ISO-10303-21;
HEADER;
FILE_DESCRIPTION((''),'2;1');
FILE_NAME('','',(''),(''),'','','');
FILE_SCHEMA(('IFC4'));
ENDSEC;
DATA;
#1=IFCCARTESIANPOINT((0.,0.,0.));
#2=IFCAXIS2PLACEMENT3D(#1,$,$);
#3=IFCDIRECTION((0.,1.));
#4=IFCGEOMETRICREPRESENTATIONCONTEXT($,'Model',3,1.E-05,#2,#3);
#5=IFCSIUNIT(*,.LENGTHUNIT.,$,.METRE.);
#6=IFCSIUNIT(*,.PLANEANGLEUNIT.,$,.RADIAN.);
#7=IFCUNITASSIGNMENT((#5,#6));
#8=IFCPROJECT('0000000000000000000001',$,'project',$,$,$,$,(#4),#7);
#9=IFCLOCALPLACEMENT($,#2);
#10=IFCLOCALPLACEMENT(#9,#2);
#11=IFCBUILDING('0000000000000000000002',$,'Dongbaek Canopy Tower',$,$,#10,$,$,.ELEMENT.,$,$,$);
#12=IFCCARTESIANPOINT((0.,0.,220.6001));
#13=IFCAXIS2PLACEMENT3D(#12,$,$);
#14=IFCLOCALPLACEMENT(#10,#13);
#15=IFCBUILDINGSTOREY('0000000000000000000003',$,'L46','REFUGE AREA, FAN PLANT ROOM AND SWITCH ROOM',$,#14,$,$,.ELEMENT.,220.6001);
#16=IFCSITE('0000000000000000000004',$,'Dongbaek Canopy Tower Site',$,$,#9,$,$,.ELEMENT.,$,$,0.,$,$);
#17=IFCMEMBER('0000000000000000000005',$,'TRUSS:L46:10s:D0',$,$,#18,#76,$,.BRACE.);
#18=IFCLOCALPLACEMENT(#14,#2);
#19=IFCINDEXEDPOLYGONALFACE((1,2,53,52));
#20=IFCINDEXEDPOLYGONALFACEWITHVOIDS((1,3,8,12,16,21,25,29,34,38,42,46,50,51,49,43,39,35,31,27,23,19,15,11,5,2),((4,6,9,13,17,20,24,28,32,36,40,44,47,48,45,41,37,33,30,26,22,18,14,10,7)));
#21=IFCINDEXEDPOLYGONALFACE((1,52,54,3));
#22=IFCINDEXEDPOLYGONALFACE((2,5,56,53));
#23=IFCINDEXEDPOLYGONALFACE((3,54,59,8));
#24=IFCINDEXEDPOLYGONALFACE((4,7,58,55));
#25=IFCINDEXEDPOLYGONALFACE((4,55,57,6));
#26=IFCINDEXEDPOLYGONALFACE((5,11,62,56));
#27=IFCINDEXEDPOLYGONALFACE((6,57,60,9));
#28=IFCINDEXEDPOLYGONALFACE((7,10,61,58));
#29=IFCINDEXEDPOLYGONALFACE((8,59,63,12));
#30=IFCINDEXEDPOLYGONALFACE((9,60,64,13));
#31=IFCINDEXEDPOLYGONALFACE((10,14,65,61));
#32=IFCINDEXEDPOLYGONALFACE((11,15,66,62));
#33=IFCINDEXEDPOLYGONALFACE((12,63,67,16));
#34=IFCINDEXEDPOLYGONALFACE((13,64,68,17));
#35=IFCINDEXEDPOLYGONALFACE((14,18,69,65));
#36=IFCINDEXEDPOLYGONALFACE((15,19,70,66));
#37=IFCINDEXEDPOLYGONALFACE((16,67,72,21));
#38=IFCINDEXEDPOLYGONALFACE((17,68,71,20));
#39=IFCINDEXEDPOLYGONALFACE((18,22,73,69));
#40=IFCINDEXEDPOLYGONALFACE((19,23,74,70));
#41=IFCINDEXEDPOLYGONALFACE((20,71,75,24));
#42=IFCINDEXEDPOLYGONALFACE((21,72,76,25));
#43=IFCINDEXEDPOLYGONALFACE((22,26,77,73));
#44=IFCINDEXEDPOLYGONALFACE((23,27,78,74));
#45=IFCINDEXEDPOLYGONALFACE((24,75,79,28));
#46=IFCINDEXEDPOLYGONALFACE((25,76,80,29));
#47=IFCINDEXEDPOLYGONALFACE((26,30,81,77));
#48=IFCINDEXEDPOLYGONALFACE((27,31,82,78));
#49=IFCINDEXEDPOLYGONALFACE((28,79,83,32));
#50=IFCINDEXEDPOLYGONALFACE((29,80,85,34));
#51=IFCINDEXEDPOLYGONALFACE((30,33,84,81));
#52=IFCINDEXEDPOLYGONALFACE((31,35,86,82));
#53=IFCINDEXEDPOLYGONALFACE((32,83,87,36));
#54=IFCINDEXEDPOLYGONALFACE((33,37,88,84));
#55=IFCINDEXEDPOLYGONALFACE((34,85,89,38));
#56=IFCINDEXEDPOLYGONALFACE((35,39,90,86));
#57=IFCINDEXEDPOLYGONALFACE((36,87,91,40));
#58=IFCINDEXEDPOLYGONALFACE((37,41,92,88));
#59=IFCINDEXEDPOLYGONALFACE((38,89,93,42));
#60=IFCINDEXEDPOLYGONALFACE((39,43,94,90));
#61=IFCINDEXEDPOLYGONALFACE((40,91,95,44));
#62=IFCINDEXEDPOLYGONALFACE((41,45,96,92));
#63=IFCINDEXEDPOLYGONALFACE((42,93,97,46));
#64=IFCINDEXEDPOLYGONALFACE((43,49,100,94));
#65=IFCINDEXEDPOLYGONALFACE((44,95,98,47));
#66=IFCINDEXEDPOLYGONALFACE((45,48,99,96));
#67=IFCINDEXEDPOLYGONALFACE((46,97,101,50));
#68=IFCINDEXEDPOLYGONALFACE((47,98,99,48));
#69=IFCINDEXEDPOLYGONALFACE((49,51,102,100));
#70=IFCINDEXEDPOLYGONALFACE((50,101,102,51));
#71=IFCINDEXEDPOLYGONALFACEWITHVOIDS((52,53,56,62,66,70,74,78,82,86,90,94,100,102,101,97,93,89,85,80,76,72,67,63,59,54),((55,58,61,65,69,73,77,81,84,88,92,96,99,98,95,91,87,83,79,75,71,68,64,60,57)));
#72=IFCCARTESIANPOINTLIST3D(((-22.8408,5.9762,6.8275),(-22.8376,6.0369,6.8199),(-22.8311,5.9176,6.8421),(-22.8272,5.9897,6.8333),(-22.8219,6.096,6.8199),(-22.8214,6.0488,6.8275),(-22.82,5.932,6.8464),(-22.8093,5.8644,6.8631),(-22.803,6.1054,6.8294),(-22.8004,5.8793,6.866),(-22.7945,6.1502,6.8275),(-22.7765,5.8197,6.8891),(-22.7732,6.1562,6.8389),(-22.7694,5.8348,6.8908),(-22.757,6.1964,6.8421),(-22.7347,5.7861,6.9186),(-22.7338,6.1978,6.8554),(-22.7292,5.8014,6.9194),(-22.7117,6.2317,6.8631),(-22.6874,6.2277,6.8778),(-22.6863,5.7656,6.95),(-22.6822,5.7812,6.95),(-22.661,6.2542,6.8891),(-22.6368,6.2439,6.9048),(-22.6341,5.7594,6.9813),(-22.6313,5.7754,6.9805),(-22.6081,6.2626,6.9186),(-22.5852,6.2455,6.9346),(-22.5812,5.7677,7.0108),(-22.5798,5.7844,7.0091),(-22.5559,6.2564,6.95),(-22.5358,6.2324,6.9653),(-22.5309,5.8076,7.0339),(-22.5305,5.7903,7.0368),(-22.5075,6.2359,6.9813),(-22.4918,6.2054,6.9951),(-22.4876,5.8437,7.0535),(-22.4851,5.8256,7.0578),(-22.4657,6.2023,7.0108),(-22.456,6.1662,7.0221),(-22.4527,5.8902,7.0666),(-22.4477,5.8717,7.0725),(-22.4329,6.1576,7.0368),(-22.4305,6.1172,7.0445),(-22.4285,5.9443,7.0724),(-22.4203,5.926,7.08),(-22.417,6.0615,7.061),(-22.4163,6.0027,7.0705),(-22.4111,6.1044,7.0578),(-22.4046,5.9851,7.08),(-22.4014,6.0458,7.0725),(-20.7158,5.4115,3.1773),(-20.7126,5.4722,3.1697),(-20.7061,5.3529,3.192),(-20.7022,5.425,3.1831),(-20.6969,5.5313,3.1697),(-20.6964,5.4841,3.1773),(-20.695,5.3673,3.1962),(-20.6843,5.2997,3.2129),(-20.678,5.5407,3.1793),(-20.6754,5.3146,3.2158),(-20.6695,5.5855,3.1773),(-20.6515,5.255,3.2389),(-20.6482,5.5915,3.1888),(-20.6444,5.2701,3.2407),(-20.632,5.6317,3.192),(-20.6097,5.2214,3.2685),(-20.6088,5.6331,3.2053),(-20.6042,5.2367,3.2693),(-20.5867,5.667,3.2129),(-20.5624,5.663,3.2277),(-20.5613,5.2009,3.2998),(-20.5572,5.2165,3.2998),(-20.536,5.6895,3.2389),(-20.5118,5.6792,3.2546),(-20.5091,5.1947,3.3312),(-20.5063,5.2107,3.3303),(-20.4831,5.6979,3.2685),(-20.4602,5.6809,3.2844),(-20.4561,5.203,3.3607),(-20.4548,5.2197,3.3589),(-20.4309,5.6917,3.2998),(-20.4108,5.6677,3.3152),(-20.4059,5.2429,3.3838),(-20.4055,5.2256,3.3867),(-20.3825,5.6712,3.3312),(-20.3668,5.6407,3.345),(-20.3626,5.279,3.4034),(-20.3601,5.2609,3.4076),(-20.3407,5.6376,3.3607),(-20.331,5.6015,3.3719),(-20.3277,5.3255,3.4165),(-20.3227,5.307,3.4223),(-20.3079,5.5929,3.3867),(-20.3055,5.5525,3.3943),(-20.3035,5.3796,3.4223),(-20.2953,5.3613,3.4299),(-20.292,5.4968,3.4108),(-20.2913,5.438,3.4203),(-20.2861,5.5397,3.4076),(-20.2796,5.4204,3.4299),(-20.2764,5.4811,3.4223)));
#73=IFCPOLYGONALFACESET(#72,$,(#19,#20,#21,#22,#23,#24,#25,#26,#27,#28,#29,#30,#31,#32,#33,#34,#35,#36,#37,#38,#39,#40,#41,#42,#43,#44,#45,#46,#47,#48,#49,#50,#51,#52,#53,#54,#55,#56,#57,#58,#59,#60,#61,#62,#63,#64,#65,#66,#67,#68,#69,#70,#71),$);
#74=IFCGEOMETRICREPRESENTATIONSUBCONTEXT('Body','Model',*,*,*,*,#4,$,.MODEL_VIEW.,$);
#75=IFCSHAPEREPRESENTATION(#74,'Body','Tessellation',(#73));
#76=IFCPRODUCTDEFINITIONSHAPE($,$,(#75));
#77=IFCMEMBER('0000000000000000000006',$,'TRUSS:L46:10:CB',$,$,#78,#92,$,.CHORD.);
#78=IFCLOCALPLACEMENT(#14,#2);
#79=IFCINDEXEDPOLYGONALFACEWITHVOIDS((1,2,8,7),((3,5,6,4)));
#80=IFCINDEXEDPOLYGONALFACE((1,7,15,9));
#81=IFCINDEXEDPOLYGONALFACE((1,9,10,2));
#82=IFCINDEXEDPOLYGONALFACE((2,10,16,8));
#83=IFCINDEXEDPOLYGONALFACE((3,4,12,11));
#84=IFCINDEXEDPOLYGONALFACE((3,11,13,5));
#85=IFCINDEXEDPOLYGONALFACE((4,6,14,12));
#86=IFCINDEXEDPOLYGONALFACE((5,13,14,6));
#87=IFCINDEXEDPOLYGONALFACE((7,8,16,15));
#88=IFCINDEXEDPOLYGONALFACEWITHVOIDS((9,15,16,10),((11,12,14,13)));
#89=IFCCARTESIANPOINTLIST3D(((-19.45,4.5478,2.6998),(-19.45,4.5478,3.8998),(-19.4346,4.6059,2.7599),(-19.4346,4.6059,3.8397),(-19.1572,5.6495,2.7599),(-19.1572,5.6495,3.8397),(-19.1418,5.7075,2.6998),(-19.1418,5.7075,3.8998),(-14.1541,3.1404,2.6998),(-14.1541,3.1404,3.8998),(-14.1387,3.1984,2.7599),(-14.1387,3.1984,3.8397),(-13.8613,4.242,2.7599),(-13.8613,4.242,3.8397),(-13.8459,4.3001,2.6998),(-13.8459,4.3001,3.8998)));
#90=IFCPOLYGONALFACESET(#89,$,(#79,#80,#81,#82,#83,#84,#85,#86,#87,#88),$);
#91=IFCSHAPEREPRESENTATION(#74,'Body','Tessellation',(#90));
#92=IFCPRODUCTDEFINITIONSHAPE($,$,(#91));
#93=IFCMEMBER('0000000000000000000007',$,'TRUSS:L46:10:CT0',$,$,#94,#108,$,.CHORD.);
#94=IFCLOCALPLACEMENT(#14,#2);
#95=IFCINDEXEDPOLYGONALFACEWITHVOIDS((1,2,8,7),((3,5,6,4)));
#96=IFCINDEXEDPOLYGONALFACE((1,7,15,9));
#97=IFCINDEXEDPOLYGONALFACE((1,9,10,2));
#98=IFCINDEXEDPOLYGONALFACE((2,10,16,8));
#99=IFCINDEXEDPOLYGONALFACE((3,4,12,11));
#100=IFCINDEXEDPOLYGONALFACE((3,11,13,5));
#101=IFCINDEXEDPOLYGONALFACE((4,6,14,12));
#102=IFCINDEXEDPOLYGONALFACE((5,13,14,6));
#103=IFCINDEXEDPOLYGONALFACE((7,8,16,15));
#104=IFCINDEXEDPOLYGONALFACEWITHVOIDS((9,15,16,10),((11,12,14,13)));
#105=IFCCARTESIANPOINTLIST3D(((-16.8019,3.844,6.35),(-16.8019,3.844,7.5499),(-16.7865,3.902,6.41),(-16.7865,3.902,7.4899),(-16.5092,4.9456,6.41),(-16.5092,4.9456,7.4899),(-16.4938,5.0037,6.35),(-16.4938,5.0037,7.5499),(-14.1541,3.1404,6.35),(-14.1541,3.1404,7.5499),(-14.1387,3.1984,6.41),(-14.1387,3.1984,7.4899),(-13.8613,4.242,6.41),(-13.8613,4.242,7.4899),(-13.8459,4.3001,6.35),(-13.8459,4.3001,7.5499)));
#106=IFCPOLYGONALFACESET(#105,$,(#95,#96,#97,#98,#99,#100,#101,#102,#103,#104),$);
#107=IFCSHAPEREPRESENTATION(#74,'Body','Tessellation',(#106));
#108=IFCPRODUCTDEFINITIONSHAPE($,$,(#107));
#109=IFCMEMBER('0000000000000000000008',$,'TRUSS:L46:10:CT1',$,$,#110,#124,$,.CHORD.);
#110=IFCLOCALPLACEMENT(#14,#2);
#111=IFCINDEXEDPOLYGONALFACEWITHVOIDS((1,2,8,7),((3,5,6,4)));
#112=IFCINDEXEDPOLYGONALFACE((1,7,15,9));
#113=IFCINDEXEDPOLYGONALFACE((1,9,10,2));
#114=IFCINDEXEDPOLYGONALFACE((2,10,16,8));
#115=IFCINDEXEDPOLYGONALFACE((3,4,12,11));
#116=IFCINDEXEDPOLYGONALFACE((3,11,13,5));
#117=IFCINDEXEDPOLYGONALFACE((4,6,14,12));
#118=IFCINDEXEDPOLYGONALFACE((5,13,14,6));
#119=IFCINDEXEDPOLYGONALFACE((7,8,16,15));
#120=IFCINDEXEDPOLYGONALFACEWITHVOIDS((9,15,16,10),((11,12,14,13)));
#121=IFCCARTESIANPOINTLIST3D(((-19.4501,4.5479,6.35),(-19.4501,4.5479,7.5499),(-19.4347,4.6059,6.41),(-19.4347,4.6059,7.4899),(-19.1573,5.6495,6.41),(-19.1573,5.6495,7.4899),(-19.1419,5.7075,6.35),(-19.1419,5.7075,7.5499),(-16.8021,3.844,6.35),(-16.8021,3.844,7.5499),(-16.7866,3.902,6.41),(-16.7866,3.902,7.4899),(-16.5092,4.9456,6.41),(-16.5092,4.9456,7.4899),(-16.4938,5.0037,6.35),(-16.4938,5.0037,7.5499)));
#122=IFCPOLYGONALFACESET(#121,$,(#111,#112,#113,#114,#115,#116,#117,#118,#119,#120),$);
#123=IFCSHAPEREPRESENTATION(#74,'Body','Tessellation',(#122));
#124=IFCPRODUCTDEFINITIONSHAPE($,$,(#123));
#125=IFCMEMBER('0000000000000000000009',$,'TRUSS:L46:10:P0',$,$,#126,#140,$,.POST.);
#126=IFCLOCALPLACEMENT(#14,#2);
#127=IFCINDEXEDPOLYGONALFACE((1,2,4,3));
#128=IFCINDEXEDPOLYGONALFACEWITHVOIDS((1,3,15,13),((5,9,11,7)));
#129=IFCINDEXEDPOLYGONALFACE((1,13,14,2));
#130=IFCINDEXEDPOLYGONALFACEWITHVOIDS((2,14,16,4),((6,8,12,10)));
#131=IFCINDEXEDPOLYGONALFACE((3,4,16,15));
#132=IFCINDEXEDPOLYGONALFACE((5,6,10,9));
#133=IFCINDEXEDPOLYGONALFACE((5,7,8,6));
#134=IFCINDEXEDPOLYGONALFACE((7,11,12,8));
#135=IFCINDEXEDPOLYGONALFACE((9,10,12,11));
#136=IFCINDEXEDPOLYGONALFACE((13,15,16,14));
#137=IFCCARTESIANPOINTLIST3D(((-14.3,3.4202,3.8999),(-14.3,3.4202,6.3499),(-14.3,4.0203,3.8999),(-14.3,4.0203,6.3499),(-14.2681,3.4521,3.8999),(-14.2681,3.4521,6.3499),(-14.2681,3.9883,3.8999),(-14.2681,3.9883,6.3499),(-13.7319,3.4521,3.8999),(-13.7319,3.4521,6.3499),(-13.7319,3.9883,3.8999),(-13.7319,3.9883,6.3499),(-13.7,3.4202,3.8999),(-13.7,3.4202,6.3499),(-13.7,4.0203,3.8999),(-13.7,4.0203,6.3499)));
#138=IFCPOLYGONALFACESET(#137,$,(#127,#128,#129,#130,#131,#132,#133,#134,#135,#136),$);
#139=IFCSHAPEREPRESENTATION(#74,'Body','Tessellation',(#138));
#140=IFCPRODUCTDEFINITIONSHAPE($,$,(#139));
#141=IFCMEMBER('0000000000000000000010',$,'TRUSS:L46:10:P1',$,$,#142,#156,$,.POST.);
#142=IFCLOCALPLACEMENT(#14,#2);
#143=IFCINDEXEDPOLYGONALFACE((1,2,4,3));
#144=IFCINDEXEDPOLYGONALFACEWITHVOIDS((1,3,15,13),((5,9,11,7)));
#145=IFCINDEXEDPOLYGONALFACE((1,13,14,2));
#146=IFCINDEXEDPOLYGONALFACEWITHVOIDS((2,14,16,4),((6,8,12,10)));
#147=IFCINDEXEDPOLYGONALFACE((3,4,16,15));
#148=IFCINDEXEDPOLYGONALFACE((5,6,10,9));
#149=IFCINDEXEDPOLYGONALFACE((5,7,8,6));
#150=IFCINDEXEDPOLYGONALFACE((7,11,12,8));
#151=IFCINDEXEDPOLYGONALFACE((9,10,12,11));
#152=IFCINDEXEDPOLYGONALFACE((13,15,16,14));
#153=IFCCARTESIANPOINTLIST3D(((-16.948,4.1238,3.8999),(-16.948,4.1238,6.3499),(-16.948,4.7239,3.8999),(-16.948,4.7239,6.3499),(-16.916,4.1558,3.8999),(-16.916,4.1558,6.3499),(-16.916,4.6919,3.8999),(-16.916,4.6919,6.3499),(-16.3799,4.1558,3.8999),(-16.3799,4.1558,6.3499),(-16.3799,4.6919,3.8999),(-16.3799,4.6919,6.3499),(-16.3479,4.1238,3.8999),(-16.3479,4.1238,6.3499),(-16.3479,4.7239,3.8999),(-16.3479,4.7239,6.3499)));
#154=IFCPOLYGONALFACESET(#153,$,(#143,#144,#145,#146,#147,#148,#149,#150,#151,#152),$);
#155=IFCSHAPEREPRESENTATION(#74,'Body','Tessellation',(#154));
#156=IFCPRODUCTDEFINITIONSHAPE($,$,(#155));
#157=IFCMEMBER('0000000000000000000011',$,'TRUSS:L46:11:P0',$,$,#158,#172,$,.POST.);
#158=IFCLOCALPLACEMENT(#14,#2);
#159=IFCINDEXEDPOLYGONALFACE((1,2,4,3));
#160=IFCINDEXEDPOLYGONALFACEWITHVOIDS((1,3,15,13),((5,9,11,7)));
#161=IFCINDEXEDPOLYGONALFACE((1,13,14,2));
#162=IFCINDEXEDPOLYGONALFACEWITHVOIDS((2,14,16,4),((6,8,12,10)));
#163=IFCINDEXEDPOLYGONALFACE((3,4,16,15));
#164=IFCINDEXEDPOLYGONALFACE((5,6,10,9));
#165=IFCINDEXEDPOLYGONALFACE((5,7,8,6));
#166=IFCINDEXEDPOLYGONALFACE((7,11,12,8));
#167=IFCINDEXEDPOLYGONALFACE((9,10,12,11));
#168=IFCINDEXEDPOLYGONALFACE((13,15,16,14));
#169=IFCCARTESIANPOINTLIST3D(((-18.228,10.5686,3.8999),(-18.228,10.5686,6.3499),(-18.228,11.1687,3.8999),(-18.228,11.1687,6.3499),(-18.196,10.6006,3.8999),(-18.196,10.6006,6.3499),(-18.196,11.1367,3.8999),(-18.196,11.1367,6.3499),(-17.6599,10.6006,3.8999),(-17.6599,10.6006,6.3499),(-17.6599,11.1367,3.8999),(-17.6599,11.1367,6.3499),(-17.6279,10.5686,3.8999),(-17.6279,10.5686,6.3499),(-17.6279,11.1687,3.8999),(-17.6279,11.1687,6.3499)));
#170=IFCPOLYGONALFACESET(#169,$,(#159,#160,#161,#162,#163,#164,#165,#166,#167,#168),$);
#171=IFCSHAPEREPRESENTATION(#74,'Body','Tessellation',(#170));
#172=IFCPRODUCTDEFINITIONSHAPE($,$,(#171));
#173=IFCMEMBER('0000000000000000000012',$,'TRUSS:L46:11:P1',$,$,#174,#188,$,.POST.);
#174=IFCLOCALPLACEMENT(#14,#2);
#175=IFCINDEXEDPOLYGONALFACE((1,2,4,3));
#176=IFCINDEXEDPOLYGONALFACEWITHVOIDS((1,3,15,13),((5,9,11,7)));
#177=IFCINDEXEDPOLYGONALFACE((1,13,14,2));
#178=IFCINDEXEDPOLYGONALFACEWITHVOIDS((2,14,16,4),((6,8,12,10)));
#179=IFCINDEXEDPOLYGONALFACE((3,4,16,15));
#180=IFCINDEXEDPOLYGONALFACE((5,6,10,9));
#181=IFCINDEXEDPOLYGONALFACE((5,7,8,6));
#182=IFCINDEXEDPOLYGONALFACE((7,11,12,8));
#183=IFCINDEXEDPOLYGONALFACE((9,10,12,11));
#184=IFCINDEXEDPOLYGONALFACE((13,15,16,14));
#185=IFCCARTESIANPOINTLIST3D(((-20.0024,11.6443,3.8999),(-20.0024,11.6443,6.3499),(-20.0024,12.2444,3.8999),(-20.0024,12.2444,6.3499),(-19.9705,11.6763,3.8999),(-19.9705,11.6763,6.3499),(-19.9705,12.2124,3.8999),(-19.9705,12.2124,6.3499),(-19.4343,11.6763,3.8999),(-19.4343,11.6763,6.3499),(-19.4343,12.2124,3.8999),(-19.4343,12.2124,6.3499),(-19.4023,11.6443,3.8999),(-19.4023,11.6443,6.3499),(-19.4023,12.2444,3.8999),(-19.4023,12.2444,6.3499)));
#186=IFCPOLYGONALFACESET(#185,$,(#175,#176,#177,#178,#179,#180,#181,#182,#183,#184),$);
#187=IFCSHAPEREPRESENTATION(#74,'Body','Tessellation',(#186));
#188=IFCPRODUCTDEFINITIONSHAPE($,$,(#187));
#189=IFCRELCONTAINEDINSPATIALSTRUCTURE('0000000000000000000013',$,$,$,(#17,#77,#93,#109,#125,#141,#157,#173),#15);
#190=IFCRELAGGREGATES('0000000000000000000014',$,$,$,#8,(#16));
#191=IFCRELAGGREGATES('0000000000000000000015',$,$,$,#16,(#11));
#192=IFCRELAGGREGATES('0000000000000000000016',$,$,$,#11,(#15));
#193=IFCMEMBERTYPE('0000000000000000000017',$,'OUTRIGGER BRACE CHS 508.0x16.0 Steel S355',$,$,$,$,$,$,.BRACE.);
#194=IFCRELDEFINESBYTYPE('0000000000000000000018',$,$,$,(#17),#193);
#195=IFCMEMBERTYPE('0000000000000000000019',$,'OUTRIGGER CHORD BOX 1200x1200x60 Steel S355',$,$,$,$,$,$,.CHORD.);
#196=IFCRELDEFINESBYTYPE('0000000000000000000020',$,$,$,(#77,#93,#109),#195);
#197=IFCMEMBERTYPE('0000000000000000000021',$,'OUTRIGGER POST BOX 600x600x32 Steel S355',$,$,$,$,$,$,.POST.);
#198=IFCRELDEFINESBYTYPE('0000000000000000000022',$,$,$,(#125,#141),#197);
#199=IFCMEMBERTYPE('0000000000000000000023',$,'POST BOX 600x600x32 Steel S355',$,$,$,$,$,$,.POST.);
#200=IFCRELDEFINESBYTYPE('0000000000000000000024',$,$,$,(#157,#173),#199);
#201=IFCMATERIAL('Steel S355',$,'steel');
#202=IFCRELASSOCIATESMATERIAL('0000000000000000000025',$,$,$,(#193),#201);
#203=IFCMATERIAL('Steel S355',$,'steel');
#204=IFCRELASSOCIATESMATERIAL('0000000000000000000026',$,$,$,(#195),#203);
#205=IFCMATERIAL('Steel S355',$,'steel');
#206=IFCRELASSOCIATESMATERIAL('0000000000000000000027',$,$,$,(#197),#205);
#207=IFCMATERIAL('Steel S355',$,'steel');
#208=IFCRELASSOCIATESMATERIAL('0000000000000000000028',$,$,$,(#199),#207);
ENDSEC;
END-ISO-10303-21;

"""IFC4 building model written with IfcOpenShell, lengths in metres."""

from ifc_helpers import new_model, si_unit, direction, frame, origin, origin_2d, place, context, subcontext, project, spatial, hollow_rectangle, hollow_circle, extrude, material, material_profile, profile_set, type_object, element, save


model = new_model("IFC4")

# Units and contexts
model_context = context("Model", 3, precision=1e-05, world=origin(), true_north=direction((0.0, 1.0)))
body_context = subcontext(model_context, "Body", "Model", "MODEL_VIEW")
ifc_project = project(units=[si_unit("LENGTHUNIT", "METRE"), si_unit("PLANEANGLEUNIT", "RADIAN")], contexts=[model_context])

# Site, building, storey
site_placement = place(None, origin())
site = spatial("IfcSite", under=ifc_project, at=site_placement, Name="Dongbaek Canopy Tower Site", CompositionType="ELEMENT", RefElevation=0.0)
building_placement = place(site_placement, origin())
building = spatial("IfcBuilding", under=site, at=building_placement, Name="Dongbaek Canopy Tower", CompositionType="ELEMENT")
storey_placement = place(building_placement, frame((0.0, 0.0, 220.6001)))
storey = spatial("IfcBuildingStorey", under=building, at=storey_placement, Name="L46", Description="REFUGE AREA, FAN PLANT ROOM AND SWITCH ROOM", CompositionType="ELEMENT", Elevation=220.6001)

# Members
ifc_material_1 = material(Name="Steel S355", Category="steel")
ifc_material_profile_1 = material_profile(ifc_material_1, hollow_circle(Radius=0.2539, WallThickness=0.0161, at=origin_2d()), Name="OUTRIGGER BRACE CHS 508.0x16.0 Steel S355")
ifc_profile_set_1 = profile_set([ifc_material_profile_1], Name="Steel S355")
member_type_1 = type_object("IfcMemberType", Name="OUTRIGGER BRACE CHS 508.0x16.0 Steel S355", PredefinedType="BRACE", material=ifc_profile_set_1)
member_1_placement = place(storey_placement, frame((-20.4961, 5.4463, 3.2998), z_axis=(-0.498682, 0.13252, 0.856595), x_axis=(-0.256826, -0.966458, 0.0)))
element("IfcMember", 1, at=member_1_placement, inside=storey, type_object=member_type_1, Name="TRUSS:L46:10s:D0", PredefinedType="BRACE", context=body_context, shape_type="SweptSolid", body=[
    extrude(hollow_circle(Radius=0.2539, WallThickness=0.0161, at=origin_2d()), origin(), (0.0, 0.0, 1.0), 4.2612),
])
ifc_material_2 = material(Name="Steel S355", Category="steel")
ifc_material_profile_2 = material_profile(ifc_material_2, hollow_rectangle(XDim=1.2, YDim=1.2, WallThickness=0.0601, at=origin_2d()), Name="OUTRIGGER CHORD BOX 1200x1200x60 Steel S355")
ifc_profile_set_2 = profile_set([ifc_material_profile_2], Name="Steel S355")
member_type_2 = type_object("IfcMemberType", Name="OUTRIGGER CHORD BOX 1200x1200x60 Steel S355", PredefinedType="CHORD", material=ifc_profile_set_2)
member_2_placement = place(storey_placement, frame((-14.0, 3.7202, 3.2998), z_axis=(-0.966451, 0.25685, 0.0), x_axis=(-0.25685, -0.966451, 0.0)))
element("IfcMember", 2, at=member_2_placement, inside=storey, type_object=member_type_2, Name="TRUSS:L46:10:CB", PredefinedType="CHORD", context=body_context, shape_type="SweptSolid", body=[
    extrude(hollow_rectangle(XDim=1.2, YDim=1.2, WallThickness=0.0601, at=origin_2d()), origin(), (0.0, 0.0, 1.0), 5.4797),
])
member_3_placement = place(storey_placement, frame((-14.0, 3.7202, 6.95), z_axis=(-0.966462, 0.256808, 0.0), x_axis=(-0.256808, -0.966462, 0.0)))
element("IfcMember", 3, at=member_3_placement, inside=storey, type_object=member_type_2, Name="TRUSS:L46:10:CT0", PredefinedType="CHORD", context=body_context, shape_type="SweptSolid", body=[
    extrude(hollow_rectangle(XDim=1.2, YDim=1.2, WallThickness=0.0601, at=origin_2d()), origin(), (0.0, 0.0, 1.0), 2.7397),
])
member_4_placement = place(storey_placement, frame((-16.6479, 4.4238, 6.95), z_axis=(-0.96644, 0.256892, 0.0), x_axis=(-0.256892, -0.96644, 0.0)))
element("IfcMember", 4, at=member_4_placement, inside=storey, type_object=member_type_2, Name="TRUSS:L46:10:CT1", PredefinedType="CHORD", context=body_context, shape_type="SweptSolid", body=[
    extrude(hollow_rectangle(XDim=1.2, YDim=1.2, WallThickness=0.0601, at=origin_2d()), origin(), (0.0, 0.0, 1.0), 2.74),
])
ifc_material_3 = material(Name="Steel S355", Category="steel")
ifc_material_profile_3 = material_profile(ifc_material_3, hollow_rectangle(XDim=0.6001, YDim=0.6001, WallThickness=0.032, at=origin_2d()), Name="OUTRIGGER POST BOX 600x600x32 Steel S355")
ifc_profile_set_3 = profile_set([ifc_material_profile_3], Name="Steel S355")
member_type_3 = type_object("IfcMemberType", Name="OUTRIGGER POST BOX 600x600x32 Steel S355", PredefinedType="POST", material=ifc_profile_set_3)
for number, where, z_axis, x_axis, name in (
    (5, (-14.0, 3.7202, 3.8999), (0.0, 0.0, 1.0), (1.0, 0.0, 0.0), "TRUSS:L46:10:P0"),
    (6, (-16.6479, 4.4238, 3.8999), (0.0, 0.0, 1.0), (1.0, 0.0, 0.0), "TRUSS:L46:10:P1"),
):
    element("IfcMember", number, at=place(storey_placement, frame(where, z_axis=z_axis, x_axis=x_axis)), inside=storey, type_object=member_type_3, Name=name, PredefinedType="POST", context=body_context, shape_type="SweptSolid", body=[
        extrude(hollow_rectangle(XDim=0.6001, YDim=0.6001, WallThickness=0.032, at=origin_2d()), origin(), (0.0, 0.0, 1.0), 2.45),
    ])
ifc_material_4 = material(Name="Steel S355", Category="steel")
ifc_material_profile_4 = material_profile(ifc_material_4, hollow_rectangle(XDim=0.6001, YDim=0.6001, WallThickness=0.032, at=origin_2d()), Name="POST BOX 600x600x32 Steel S355")
ifc_profile_set_4 = profile_set([ifc_material_profile_4], Name="Steel S355")
member_type_4 = type_object("IfcMemberType", Name="POST BOX 600x600x32 Steel S355", PredefinedType="POST", material=ifc_profile_set_4)
for number, where, z_axis, x_axis, name in (
    (7, (-17.928, 10.8687, 3.8999), (0.0, 0.0, 1.0), (1.0, 0.0, 0.0), "TRUSS:L46:11:P0"),
    (8, (-19.7024, 11.9443, 3.8999), (0.0, 0.0, 1.0), (1.0, 0.0, 0.0), "TRUSS:L46:11:P1"),
):
    element("IfcMember", number, at=place(storey_placement, frame(where, z_axis=z_axis, x_axis=x_axis)), inside=storey, type_object=member_type_4, Name=name, PredefinedType="POST", context=body_context, shape_type="SweptSolid", body=[
        extrude(hollow_rectangle(XDim=0.6001, YDim=0.6001, WallThickness=0.032, at=origin_2d()), origin(), (0.0, 0.0, 1.0), 2.45),
    ])

save(model, "model.ifc")
